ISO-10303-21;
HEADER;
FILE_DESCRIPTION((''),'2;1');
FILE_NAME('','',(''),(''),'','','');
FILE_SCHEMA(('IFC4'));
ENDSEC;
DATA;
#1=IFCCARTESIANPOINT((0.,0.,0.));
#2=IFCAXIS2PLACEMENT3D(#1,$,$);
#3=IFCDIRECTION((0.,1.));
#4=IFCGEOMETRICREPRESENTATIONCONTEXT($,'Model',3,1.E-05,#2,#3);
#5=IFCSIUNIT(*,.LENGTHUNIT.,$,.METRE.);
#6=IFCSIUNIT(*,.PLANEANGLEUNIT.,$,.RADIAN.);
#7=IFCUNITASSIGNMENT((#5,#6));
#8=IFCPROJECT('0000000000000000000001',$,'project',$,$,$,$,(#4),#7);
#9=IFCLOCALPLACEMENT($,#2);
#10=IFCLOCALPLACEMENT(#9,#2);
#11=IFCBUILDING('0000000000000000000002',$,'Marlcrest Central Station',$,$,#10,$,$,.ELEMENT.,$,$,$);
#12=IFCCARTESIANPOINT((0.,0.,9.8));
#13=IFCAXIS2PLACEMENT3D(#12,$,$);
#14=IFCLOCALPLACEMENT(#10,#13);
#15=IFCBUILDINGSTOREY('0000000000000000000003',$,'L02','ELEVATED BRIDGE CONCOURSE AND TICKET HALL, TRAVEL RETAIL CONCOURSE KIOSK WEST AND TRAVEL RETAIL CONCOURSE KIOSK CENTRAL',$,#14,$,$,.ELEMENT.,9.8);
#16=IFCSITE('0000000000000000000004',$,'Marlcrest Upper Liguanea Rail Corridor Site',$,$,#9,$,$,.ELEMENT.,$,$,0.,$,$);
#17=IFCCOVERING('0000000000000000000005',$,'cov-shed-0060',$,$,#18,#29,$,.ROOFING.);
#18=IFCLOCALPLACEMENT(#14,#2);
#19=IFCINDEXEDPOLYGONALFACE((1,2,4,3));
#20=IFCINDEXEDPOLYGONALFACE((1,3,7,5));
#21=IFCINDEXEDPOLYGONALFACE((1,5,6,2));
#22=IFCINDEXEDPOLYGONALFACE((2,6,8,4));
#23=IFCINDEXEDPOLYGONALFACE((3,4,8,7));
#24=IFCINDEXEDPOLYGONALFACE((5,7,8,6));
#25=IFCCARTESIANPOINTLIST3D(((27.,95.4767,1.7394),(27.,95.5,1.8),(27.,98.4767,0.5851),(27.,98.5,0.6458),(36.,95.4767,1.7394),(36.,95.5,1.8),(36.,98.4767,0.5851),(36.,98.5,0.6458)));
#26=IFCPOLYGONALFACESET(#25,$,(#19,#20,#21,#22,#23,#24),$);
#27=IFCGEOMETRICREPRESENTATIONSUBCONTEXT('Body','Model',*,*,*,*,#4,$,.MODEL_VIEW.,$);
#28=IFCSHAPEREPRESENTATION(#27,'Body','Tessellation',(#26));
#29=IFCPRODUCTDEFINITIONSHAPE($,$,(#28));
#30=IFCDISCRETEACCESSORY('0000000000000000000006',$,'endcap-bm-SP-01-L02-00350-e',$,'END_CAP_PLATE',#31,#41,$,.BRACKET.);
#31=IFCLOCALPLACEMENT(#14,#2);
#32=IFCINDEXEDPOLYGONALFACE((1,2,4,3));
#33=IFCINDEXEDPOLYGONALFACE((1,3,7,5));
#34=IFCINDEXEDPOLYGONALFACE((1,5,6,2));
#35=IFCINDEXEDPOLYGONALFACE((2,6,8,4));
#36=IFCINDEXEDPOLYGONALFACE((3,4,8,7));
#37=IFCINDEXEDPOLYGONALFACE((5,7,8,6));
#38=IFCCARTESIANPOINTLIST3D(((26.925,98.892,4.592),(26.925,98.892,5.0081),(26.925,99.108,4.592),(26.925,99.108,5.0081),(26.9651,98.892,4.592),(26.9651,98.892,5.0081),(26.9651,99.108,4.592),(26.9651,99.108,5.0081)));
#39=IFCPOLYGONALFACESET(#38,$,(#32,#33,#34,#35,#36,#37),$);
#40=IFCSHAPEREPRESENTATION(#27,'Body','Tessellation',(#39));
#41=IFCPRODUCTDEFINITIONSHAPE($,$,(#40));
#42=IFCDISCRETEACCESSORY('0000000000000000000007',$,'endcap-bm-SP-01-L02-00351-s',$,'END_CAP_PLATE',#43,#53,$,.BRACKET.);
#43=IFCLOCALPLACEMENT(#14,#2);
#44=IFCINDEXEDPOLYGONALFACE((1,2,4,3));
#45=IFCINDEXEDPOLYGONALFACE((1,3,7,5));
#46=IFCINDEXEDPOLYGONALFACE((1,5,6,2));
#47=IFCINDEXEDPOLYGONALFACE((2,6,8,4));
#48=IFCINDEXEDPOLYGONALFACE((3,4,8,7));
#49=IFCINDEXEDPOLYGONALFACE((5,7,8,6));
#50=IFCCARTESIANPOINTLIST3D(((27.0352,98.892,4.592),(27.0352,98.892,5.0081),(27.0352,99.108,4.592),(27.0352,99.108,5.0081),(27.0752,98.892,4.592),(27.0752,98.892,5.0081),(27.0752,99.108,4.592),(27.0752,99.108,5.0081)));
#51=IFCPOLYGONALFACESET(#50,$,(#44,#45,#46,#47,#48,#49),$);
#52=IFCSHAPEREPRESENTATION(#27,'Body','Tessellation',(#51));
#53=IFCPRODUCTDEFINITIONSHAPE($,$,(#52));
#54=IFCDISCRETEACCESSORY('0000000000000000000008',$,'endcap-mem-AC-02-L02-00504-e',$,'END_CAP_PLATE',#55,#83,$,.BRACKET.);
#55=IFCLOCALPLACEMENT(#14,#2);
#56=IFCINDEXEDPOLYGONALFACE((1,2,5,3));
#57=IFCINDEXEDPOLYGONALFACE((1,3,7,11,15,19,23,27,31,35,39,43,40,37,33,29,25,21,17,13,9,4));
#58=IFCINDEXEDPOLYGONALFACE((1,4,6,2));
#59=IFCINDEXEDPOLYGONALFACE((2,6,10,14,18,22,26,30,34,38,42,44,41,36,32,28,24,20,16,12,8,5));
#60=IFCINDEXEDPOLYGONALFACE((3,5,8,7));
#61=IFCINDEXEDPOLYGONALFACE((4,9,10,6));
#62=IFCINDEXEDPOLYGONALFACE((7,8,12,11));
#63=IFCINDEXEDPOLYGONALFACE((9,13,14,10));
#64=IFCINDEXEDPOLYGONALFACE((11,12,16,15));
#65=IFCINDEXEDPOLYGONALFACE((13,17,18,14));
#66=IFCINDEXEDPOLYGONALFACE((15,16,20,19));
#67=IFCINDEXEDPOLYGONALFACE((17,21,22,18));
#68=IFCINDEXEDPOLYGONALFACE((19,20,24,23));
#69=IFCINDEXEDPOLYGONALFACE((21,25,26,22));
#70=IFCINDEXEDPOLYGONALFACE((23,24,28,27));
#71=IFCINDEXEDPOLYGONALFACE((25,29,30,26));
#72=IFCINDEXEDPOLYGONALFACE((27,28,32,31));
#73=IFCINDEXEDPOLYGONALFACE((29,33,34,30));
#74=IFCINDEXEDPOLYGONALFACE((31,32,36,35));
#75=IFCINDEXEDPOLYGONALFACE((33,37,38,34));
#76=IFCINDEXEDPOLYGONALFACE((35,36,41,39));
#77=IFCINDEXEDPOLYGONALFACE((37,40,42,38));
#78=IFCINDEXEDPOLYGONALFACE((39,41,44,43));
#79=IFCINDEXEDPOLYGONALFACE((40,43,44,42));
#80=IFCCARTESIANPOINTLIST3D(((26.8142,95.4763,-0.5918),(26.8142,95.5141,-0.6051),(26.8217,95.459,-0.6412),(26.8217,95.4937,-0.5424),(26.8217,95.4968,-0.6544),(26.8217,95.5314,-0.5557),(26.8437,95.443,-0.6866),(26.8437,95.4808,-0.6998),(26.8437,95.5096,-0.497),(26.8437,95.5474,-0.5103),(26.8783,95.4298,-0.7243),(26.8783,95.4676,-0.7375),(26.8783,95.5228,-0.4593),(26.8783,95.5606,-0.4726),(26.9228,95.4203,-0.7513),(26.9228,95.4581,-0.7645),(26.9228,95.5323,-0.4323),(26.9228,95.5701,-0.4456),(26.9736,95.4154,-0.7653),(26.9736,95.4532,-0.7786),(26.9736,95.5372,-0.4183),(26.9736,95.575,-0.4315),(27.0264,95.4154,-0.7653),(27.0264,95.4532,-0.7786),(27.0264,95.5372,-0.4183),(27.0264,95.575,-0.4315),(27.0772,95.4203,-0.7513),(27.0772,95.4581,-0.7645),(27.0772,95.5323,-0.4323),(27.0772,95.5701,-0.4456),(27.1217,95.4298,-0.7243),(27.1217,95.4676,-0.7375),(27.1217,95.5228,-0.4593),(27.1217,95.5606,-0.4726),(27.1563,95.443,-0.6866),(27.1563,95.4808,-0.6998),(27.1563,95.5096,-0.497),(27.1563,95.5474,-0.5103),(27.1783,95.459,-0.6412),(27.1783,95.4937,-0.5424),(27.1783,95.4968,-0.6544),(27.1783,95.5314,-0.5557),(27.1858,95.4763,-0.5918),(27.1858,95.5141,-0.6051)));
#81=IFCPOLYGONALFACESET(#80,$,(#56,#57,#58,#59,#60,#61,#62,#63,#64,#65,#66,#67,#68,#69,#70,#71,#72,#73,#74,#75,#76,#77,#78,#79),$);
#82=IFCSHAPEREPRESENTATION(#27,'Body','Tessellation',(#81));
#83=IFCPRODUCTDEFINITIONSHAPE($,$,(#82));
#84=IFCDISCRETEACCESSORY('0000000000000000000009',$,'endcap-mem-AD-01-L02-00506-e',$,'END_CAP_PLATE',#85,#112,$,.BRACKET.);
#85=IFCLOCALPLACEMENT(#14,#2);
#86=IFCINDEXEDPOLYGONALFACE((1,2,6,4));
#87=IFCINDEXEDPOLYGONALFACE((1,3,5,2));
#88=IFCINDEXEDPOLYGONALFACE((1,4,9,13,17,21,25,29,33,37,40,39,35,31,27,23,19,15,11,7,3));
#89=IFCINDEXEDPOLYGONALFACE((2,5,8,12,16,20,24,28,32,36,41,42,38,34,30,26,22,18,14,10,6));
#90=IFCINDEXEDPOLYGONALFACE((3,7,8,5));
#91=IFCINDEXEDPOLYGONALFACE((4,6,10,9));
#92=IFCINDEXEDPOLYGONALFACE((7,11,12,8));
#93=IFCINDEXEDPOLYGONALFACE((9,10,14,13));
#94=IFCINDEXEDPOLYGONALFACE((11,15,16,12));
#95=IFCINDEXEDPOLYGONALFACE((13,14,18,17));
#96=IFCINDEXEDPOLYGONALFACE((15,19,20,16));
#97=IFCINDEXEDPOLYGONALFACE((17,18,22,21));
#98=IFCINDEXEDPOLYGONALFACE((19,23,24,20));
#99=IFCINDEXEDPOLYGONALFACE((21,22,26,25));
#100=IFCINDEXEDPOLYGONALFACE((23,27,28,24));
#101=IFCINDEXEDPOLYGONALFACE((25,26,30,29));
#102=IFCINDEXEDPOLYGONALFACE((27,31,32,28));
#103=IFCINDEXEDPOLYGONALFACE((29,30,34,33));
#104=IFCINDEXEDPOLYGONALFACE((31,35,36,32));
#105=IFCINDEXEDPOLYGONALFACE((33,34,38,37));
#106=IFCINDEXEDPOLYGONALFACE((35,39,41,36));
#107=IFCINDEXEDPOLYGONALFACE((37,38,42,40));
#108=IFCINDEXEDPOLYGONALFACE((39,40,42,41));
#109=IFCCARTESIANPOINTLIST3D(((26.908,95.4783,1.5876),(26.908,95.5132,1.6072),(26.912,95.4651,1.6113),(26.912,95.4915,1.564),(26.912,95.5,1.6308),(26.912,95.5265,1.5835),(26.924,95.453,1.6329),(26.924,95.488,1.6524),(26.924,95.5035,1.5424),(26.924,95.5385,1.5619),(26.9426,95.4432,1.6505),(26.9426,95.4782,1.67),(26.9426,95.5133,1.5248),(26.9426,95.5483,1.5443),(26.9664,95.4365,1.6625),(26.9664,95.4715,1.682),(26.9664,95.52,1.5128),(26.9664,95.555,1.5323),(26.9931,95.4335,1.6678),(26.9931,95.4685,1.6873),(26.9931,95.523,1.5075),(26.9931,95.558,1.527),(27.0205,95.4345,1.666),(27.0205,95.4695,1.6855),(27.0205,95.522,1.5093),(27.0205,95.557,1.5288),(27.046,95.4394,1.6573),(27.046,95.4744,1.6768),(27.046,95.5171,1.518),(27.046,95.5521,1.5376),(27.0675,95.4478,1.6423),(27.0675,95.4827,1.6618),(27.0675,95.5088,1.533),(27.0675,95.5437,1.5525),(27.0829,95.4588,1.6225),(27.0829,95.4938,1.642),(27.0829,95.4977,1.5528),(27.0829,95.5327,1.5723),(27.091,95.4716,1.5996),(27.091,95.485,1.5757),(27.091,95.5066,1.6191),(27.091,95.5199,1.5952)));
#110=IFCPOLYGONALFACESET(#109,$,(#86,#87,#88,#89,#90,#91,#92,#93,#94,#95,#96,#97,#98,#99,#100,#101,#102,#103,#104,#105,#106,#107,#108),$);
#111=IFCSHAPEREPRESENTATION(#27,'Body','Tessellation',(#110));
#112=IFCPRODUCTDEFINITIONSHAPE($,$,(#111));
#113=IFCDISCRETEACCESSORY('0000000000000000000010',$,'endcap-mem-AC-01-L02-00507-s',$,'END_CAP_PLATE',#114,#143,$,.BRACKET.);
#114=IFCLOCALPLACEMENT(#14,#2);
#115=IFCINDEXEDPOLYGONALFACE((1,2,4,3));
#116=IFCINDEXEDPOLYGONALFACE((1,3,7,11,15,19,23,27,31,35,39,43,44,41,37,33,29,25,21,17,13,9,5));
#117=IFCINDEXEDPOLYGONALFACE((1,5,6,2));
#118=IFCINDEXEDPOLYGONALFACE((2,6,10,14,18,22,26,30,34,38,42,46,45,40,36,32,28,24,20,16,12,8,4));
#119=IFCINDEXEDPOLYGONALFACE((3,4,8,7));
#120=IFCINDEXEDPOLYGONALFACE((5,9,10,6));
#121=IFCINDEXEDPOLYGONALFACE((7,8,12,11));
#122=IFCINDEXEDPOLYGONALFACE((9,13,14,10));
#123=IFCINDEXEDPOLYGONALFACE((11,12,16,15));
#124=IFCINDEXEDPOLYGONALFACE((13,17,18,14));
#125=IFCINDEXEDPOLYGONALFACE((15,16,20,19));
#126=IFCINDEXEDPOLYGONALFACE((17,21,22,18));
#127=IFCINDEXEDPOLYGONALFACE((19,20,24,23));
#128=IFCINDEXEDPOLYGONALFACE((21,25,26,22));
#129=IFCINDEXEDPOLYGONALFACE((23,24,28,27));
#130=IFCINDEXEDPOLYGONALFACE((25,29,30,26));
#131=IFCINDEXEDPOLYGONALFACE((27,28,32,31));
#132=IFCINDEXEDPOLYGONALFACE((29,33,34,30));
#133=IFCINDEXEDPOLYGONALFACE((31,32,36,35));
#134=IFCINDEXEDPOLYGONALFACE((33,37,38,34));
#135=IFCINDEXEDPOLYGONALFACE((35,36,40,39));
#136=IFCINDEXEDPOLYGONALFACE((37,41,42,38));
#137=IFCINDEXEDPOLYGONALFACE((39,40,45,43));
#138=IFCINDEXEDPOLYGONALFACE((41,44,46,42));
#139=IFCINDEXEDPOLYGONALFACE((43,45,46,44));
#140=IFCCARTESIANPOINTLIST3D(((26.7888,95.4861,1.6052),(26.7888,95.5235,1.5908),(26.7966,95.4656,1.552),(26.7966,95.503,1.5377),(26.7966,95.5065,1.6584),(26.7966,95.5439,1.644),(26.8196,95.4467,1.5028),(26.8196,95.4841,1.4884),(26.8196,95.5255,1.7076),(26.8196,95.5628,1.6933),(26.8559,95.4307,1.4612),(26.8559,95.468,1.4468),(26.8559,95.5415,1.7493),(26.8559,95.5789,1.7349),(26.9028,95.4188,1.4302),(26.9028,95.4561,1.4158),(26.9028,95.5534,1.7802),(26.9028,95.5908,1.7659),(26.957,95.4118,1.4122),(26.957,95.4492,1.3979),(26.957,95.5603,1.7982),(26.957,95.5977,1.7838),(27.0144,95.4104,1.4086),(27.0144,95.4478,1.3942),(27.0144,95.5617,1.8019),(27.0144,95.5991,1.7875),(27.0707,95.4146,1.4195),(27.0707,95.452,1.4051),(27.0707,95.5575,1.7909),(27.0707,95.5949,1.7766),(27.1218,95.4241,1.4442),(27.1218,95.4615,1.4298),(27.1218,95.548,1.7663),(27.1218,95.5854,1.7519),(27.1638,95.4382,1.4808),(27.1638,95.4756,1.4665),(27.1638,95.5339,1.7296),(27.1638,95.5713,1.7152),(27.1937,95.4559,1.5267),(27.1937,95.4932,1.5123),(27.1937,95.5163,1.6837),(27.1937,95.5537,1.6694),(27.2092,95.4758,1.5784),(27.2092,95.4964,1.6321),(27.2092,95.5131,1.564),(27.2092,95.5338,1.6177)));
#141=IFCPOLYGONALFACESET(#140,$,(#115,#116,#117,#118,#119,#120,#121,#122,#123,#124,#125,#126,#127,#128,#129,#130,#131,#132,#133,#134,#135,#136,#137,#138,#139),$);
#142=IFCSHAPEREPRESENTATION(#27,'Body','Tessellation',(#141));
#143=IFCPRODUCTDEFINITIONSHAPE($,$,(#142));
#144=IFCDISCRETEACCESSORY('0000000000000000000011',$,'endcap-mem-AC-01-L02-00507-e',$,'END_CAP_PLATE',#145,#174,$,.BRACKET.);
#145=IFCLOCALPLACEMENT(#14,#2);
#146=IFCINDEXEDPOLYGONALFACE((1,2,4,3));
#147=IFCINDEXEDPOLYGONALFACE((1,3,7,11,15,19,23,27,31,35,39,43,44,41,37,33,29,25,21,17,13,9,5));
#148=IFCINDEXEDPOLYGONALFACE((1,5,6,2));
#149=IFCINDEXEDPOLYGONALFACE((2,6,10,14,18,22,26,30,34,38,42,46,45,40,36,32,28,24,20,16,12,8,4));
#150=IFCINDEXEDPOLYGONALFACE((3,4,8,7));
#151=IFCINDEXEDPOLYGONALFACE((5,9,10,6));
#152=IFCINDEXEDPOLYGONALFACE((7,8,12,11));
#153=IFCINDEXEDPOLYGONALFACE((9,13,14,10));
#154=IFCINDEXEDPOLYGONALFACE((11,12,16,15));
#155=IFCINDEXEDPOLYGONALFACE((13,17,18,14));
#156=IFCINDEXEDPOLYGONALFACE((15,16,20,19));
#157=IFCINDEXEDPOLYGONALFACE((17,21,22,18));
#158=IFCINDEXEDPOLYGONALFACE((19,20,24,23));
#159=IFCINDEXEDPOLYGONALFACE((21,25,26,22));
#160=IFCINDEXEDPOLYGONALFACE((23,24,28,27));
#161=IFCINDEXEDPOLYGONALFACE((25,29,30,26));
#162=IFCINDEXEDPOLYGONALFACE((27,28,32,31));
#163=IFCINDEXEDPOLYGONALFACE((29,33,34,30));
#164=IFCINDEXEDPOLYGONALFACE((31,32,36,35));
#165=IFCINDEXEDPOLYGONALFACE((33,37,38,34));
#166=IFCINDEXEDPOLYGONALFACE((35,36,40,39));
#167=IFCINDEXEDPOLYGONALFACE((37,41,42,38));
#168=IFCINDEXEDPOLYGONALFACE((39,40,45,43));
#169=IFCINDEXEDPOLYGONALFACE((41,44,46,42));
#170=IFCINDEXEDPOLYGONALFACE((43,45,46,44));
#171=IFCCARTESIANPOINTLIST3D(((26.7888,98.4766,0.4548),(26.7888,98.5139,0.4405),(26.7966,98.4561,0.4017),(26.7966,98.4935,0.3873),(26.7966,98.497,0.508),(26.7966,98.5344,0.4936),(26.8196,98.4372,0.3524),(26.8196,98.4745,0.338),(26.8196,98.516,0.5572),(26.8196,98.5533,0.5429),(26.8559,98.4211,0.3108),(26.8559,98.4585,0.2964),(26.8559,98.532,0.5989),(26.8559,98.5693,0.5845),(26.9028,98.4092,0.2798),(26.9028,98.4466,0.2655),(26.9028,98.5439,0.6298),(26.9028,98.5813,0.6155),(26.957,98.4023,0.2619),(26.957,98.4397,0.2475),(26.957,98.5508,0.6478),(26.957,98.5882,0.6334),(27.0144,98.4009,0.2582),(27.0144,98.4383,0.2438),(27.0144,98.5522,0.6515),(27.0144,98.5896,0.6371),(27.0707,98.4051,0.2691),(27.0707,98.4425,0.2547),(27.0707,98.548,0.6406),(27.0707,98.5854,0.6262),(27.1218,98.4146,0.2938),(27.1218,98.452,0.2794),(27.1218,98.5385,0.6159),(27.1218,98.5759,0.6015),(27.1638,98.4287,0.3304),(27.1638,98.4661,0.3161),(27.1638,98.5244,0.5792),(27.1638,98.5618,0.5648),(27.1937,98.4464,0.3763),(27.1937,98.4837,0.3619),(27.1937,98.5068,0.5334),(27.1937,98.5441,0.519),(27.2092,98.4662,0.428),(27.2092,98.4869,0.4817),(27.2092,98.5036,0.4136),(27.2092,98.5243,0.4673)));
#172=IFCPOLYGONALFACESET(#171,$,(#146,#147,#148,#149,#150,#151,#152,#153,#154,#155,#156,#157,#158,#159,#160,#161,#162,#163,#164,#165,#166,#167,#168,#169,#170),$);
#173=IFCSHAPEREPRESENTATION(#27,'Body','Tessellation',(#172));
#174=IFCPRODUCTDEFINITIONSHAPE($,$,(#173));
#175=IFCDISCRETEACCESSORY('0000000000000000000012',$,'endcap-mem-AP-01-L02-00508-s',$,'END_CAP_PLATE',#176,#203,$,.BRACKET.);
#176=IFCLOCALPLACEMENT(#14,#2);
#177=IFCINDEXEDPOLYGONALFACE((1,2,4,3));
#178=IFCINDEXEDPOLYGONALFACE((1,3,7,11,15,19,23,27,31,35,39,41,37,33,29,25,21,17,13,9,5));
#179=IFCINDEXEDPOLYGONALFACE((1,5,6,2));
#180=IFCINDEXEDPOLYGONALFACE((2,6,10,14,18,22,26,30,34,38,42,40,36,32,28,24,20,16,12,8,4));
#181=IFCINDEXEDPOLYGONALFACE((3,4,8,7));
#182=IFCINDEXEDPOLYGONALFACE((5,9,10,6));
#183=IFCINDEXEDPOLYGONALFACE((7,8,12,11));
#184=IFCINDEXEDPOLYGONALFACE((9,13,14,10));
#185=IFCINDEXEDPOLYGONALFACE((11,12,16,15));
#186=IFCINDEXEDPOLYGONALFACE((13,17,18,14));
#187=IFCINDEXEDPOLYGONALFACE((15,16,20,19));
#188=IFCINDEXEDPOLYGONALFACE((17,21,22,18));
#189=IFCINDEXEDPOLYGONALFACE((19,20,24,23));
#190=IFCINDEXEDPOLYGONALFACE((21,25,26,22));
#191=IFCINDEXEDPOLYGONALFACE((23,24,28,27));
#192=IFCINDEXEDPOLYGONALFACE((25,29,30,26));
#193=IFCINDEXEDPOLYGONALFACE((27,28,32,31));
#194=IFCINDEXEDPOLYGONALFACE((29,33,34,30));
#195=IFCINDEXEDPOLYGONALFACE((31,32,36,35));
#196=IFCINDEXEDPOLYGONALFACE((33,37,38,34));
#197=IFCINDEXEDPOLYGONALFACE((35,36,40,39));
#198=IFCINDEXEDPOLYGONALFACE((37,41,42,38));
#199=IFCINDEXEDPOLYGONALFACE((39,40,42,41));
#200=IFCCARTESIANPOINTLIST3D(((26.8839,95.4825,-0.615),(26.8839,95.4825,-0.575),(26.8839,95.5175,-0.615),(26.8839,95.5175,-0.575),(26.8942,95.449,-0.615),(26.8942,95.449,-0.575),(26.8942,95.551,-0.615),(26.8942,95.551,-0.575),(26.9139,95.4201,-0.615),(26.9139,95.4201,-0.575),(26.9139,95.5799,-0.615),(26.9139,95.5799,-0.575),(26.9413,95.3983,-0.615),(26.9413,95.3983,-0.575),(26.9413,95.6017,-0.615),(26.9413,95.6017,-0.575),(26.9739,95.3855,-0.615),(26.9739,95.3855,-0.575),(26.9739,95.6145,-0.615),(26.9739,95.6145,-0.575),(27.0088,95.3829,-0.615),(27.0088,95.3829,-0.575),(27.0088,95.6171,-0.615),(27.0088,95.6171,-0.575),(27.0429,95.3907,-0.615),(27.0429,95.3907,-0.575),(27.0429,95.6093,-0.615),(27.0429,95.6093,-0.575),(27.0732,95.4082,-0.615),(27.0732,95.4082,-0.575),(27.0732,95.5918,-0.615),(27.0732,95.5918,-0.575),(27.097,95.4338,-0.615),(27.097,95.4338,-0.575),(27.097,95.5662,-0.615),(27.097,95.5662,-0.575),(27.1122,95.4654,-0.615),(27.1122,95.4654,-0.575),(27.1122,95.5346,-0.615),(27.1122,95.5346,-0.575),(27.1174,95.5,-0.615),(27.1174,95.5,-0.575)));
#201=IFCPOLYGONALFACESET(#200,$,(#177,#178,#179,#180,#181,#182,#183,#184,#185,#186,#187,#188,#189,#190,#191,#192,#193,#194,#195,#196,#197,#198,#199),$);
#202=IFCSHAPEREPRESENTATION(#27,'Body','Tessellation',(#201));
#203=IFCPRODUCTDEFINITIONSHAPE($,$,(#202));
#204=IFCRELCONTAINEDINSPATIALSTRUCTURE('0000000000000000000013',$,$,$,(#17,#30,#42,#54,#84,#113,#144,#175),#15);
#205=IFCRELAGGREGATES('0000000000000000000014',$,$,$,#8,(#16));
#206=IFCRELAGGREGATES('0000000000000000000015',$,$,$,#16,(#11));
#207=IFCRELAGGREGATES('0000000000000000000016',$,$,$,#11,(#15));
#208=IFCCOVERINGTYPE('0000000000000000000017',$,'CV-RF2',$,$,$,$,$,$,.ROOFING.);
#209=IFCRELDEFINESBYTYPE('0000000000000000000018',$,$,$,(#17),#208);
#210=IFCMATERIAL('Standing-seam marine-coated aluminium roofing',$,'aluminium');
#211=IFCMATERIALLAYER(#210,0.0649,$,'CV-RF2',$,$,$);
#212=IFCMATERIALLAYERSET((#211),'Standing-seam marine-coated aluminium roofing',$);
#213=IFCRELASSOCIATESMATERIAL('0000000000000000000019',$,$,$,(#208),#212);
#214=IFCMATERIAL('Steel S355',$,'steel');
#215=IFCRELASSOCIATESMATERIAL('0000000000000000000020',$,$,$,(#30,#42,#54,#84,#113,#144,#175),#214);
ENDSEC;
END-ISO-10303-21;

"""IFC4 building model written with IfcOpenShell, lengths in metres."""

from ifc_helpers import new_model, si_unit, direction, frame, origin, origin_2d, place, context, subcontext, project, spatial, polyline, rectangle, circle, outline, extrude, material, layer, layer_set, type_object, element, save


model = new_model("IFC4")

# Units and contexts
model_context = context("Model", 3, precision=1e-05, world=origin(), true_north=direction((0.0, 1.0)))
body_context = subcontext(model_context, "Body", "Model", "MODEL_VIEW")
ifc_project = project(units=[si_unit("LENGTHUNIT", "METRE"), si_unit("PLANEANGLEUNIT", "RADIAN")], contexts=[model_context])

# Site, building, storey
site_placement = place(None, origin())
site = spatial("IfcSite", under=ifc_project, at=site_placement, Name="Marlcrest Upper Liguanea Rail Corridor Site", CompositionType="ELEMENT", RefElevation=0.0)
building_placement = place(site_placement, origin())
building = spatial("IfcBuilding", under=site, at=building_placement, Name="Marlcrest Central Station", CompositionType="ELEMENT")
storey_placement = place(building_placement, frame((0.0, 0.0, 9.8)))
storey = spatial("IfcBuildingStorey", under=building, at=storey_placement, Name="L02", Description="ELEVATED BRIDGE CONCOURSE AND TICKET HALL, TRAVEL RETAIL CONCOURSE KIOSK WEST AND TRAVEL RETAIL CONCOURSE KIOSK CENTRAL", CompositionType="ELEMENT", Elevation=9.8)

# Shared definitions
ifc_material_1 = material(Name="Steel S355", Category="steel")

# Covering
ifc_material_2 = material(Name="Standing-seam marine-coated aluminium roofing", Category="aluminium")
ifc_layer_1 = layer(ifc_material_2, 0.0649, Name="CV-RF2")
ifc_layer_set_1 = layer_set([ifc_layer_1], Name="Standing-seam marine-coated aluminium roofing")
covering_type = type_object("IfcCoveringType", Name="CV-RF2", PredefinedType="ROOFING", material=ifc_layer_set_1)
covering_placement = place(storey_placement, frame((27.0, 95.5, 1.8), z_axis=(0.0, 0.359101, 0.933299), x_axis=(1.0, 0.0, 0.0)))
element("IfcCovering", 1, at=covering_placement, inside=storey, type_object=covering_type, Name="cov-shed-0060", PredefinedType="ROOFING", context=body_context, shape_type="SweptSolid", body=[
    extrude(outline(polyline([(0.0, 0.0), (9.0, 0.0), (9.0, 3.2144), (0.0, 3.2144), (0.0, 0.0)])), origin(), (0.0, 0.0, -1.0), 0.0649),
])

# Discrete accessories
for number, where, z_axis, x_axis, name in (
    (2, (26.925, 99.0, 4.8), (1.0, 0.0, 0.0), (0.0, 1.0, 0.0), "endcap-bm-SP-01-L02-00350-e"),
    (3, (27.0352, 99.0, 4.8), (1.0, 0.0, 0.0), (0.0, 1.0, 0.0), "endcap-bm-SP-01-L02-00351-s"),
):
    element("IfcDiscreteAccessory", number, at=place(storey_placement, frame(where, z_axis=z_axis, x_axis=x_axis)), inside=storey, material=ifc_material_1, Name=name, ObjectType="END_CAP_PLATE", PredefinedType="BRACKET", context=body_context, shape_type="SweptSolid", body=[
        extrude(rectangle(XDim=0.2161, YDim=0.416, at=origin_2d()), origin(), (0.0, 0.0, 1.0), 0.04),
    ])
discrete_accessory_1_placement = place(storey_placement, frame((27.0, 95.4763, -0.5918), z_axis=(0.0, 0.943537, -0.331266), x_axis=(-1.0, 0.0, 0.0)))
element("IfcDiscreteAccessory", 4, at=discrete_accessory_1_placement, inside=storey, material=ifc_material_1, Name="endcap-mem-AC-02-L02-00504-e", ObjectType="END_CAP_PLATE", PredefinedType="BRACKET", context=body_context, shape_type="SweptSolid", body=[
    extrude(circle(Radius=0.1858, at=origin_2d()), origin(), (0.0, 0.0, 1.0), 0.04),
])
discrete_accessory_2_placement = place(storey_placement, frame((27.0, 95.4783, 1.5876), z_axis=(0.0, 0.873246, 0.48728), x_axis=(-1.0, 0.0, 0.0)))
element("IfcDiscreteAccessory", 5, at=discrete_accessory_2_placement, inside=storey, material=ifc_material_1, Name="endcap-mem-AD-01-L02-00506-e", ObjectType="END_CAP_PLATE", PredefinedType="BRACKET", context=body_context, shape_type="SweptSolid", body=[
    extrude(circle(Radius=0.092, at=origin_2d()), origin(), (0.0, 0.0, 1.0), 0.04),
])
for number, where, z_axis, x_axis, name in (
    (6, (27.0, 95.4861, 1.6052), (0.0, 0.933324, -0.359035), (-1.0, 0.0, 0.0), "endcap-mem-AC-01-L02-00507-s"),
    (7, (27.0, 98.4766, 0.4548), (0.0, 0.933324, -0.359035), (-1.0, 0.0, 0.0), "endcap-mem-AC-01-L02-00507-e"),
):
    element("IfcDiscreteAccessory", number, at=place(storey_placement, frame(where, z_axis=z_axis, x_axis=x_axis)), inside=storey, material=ifc_material_1, Name=name, ObjectType="END_CAP_PLATE", PredefinedType="BRACKET", context=body_context, shape_type="SweptSolid", body=[
        extrude(circle(Radius=0.2112, at=origin_2d()), origin(), (0.0, 0.0, 1.0), 0.04),
    ])
for number, where, z_axis, x_axis, name in (
    (8, (27.0, 95.5, -0.615), (0.0, 0.0, 1.0), (1.0, 0.0, 0.0), "endcap-mem-AP-01-L02-00508-s"),
):
    element("IfcDiscreteAccessory", number, at=place(storey_placement, frame(where, z_axis=z_axis, x_axis=x_axis)), inside=storey, material=ifc_material_1, Name=name, ObjectType="END_CAP_PLATE", PredefinedType="BRACKET", context=body_context, shape_type="SweptSolid", body=[
        extrude(circle(Radius=0.1174, at=origin_2d()), origin(), (0.0, 0.0, 1.0), 0.04),
    ])

save(model, "model.ifc")
